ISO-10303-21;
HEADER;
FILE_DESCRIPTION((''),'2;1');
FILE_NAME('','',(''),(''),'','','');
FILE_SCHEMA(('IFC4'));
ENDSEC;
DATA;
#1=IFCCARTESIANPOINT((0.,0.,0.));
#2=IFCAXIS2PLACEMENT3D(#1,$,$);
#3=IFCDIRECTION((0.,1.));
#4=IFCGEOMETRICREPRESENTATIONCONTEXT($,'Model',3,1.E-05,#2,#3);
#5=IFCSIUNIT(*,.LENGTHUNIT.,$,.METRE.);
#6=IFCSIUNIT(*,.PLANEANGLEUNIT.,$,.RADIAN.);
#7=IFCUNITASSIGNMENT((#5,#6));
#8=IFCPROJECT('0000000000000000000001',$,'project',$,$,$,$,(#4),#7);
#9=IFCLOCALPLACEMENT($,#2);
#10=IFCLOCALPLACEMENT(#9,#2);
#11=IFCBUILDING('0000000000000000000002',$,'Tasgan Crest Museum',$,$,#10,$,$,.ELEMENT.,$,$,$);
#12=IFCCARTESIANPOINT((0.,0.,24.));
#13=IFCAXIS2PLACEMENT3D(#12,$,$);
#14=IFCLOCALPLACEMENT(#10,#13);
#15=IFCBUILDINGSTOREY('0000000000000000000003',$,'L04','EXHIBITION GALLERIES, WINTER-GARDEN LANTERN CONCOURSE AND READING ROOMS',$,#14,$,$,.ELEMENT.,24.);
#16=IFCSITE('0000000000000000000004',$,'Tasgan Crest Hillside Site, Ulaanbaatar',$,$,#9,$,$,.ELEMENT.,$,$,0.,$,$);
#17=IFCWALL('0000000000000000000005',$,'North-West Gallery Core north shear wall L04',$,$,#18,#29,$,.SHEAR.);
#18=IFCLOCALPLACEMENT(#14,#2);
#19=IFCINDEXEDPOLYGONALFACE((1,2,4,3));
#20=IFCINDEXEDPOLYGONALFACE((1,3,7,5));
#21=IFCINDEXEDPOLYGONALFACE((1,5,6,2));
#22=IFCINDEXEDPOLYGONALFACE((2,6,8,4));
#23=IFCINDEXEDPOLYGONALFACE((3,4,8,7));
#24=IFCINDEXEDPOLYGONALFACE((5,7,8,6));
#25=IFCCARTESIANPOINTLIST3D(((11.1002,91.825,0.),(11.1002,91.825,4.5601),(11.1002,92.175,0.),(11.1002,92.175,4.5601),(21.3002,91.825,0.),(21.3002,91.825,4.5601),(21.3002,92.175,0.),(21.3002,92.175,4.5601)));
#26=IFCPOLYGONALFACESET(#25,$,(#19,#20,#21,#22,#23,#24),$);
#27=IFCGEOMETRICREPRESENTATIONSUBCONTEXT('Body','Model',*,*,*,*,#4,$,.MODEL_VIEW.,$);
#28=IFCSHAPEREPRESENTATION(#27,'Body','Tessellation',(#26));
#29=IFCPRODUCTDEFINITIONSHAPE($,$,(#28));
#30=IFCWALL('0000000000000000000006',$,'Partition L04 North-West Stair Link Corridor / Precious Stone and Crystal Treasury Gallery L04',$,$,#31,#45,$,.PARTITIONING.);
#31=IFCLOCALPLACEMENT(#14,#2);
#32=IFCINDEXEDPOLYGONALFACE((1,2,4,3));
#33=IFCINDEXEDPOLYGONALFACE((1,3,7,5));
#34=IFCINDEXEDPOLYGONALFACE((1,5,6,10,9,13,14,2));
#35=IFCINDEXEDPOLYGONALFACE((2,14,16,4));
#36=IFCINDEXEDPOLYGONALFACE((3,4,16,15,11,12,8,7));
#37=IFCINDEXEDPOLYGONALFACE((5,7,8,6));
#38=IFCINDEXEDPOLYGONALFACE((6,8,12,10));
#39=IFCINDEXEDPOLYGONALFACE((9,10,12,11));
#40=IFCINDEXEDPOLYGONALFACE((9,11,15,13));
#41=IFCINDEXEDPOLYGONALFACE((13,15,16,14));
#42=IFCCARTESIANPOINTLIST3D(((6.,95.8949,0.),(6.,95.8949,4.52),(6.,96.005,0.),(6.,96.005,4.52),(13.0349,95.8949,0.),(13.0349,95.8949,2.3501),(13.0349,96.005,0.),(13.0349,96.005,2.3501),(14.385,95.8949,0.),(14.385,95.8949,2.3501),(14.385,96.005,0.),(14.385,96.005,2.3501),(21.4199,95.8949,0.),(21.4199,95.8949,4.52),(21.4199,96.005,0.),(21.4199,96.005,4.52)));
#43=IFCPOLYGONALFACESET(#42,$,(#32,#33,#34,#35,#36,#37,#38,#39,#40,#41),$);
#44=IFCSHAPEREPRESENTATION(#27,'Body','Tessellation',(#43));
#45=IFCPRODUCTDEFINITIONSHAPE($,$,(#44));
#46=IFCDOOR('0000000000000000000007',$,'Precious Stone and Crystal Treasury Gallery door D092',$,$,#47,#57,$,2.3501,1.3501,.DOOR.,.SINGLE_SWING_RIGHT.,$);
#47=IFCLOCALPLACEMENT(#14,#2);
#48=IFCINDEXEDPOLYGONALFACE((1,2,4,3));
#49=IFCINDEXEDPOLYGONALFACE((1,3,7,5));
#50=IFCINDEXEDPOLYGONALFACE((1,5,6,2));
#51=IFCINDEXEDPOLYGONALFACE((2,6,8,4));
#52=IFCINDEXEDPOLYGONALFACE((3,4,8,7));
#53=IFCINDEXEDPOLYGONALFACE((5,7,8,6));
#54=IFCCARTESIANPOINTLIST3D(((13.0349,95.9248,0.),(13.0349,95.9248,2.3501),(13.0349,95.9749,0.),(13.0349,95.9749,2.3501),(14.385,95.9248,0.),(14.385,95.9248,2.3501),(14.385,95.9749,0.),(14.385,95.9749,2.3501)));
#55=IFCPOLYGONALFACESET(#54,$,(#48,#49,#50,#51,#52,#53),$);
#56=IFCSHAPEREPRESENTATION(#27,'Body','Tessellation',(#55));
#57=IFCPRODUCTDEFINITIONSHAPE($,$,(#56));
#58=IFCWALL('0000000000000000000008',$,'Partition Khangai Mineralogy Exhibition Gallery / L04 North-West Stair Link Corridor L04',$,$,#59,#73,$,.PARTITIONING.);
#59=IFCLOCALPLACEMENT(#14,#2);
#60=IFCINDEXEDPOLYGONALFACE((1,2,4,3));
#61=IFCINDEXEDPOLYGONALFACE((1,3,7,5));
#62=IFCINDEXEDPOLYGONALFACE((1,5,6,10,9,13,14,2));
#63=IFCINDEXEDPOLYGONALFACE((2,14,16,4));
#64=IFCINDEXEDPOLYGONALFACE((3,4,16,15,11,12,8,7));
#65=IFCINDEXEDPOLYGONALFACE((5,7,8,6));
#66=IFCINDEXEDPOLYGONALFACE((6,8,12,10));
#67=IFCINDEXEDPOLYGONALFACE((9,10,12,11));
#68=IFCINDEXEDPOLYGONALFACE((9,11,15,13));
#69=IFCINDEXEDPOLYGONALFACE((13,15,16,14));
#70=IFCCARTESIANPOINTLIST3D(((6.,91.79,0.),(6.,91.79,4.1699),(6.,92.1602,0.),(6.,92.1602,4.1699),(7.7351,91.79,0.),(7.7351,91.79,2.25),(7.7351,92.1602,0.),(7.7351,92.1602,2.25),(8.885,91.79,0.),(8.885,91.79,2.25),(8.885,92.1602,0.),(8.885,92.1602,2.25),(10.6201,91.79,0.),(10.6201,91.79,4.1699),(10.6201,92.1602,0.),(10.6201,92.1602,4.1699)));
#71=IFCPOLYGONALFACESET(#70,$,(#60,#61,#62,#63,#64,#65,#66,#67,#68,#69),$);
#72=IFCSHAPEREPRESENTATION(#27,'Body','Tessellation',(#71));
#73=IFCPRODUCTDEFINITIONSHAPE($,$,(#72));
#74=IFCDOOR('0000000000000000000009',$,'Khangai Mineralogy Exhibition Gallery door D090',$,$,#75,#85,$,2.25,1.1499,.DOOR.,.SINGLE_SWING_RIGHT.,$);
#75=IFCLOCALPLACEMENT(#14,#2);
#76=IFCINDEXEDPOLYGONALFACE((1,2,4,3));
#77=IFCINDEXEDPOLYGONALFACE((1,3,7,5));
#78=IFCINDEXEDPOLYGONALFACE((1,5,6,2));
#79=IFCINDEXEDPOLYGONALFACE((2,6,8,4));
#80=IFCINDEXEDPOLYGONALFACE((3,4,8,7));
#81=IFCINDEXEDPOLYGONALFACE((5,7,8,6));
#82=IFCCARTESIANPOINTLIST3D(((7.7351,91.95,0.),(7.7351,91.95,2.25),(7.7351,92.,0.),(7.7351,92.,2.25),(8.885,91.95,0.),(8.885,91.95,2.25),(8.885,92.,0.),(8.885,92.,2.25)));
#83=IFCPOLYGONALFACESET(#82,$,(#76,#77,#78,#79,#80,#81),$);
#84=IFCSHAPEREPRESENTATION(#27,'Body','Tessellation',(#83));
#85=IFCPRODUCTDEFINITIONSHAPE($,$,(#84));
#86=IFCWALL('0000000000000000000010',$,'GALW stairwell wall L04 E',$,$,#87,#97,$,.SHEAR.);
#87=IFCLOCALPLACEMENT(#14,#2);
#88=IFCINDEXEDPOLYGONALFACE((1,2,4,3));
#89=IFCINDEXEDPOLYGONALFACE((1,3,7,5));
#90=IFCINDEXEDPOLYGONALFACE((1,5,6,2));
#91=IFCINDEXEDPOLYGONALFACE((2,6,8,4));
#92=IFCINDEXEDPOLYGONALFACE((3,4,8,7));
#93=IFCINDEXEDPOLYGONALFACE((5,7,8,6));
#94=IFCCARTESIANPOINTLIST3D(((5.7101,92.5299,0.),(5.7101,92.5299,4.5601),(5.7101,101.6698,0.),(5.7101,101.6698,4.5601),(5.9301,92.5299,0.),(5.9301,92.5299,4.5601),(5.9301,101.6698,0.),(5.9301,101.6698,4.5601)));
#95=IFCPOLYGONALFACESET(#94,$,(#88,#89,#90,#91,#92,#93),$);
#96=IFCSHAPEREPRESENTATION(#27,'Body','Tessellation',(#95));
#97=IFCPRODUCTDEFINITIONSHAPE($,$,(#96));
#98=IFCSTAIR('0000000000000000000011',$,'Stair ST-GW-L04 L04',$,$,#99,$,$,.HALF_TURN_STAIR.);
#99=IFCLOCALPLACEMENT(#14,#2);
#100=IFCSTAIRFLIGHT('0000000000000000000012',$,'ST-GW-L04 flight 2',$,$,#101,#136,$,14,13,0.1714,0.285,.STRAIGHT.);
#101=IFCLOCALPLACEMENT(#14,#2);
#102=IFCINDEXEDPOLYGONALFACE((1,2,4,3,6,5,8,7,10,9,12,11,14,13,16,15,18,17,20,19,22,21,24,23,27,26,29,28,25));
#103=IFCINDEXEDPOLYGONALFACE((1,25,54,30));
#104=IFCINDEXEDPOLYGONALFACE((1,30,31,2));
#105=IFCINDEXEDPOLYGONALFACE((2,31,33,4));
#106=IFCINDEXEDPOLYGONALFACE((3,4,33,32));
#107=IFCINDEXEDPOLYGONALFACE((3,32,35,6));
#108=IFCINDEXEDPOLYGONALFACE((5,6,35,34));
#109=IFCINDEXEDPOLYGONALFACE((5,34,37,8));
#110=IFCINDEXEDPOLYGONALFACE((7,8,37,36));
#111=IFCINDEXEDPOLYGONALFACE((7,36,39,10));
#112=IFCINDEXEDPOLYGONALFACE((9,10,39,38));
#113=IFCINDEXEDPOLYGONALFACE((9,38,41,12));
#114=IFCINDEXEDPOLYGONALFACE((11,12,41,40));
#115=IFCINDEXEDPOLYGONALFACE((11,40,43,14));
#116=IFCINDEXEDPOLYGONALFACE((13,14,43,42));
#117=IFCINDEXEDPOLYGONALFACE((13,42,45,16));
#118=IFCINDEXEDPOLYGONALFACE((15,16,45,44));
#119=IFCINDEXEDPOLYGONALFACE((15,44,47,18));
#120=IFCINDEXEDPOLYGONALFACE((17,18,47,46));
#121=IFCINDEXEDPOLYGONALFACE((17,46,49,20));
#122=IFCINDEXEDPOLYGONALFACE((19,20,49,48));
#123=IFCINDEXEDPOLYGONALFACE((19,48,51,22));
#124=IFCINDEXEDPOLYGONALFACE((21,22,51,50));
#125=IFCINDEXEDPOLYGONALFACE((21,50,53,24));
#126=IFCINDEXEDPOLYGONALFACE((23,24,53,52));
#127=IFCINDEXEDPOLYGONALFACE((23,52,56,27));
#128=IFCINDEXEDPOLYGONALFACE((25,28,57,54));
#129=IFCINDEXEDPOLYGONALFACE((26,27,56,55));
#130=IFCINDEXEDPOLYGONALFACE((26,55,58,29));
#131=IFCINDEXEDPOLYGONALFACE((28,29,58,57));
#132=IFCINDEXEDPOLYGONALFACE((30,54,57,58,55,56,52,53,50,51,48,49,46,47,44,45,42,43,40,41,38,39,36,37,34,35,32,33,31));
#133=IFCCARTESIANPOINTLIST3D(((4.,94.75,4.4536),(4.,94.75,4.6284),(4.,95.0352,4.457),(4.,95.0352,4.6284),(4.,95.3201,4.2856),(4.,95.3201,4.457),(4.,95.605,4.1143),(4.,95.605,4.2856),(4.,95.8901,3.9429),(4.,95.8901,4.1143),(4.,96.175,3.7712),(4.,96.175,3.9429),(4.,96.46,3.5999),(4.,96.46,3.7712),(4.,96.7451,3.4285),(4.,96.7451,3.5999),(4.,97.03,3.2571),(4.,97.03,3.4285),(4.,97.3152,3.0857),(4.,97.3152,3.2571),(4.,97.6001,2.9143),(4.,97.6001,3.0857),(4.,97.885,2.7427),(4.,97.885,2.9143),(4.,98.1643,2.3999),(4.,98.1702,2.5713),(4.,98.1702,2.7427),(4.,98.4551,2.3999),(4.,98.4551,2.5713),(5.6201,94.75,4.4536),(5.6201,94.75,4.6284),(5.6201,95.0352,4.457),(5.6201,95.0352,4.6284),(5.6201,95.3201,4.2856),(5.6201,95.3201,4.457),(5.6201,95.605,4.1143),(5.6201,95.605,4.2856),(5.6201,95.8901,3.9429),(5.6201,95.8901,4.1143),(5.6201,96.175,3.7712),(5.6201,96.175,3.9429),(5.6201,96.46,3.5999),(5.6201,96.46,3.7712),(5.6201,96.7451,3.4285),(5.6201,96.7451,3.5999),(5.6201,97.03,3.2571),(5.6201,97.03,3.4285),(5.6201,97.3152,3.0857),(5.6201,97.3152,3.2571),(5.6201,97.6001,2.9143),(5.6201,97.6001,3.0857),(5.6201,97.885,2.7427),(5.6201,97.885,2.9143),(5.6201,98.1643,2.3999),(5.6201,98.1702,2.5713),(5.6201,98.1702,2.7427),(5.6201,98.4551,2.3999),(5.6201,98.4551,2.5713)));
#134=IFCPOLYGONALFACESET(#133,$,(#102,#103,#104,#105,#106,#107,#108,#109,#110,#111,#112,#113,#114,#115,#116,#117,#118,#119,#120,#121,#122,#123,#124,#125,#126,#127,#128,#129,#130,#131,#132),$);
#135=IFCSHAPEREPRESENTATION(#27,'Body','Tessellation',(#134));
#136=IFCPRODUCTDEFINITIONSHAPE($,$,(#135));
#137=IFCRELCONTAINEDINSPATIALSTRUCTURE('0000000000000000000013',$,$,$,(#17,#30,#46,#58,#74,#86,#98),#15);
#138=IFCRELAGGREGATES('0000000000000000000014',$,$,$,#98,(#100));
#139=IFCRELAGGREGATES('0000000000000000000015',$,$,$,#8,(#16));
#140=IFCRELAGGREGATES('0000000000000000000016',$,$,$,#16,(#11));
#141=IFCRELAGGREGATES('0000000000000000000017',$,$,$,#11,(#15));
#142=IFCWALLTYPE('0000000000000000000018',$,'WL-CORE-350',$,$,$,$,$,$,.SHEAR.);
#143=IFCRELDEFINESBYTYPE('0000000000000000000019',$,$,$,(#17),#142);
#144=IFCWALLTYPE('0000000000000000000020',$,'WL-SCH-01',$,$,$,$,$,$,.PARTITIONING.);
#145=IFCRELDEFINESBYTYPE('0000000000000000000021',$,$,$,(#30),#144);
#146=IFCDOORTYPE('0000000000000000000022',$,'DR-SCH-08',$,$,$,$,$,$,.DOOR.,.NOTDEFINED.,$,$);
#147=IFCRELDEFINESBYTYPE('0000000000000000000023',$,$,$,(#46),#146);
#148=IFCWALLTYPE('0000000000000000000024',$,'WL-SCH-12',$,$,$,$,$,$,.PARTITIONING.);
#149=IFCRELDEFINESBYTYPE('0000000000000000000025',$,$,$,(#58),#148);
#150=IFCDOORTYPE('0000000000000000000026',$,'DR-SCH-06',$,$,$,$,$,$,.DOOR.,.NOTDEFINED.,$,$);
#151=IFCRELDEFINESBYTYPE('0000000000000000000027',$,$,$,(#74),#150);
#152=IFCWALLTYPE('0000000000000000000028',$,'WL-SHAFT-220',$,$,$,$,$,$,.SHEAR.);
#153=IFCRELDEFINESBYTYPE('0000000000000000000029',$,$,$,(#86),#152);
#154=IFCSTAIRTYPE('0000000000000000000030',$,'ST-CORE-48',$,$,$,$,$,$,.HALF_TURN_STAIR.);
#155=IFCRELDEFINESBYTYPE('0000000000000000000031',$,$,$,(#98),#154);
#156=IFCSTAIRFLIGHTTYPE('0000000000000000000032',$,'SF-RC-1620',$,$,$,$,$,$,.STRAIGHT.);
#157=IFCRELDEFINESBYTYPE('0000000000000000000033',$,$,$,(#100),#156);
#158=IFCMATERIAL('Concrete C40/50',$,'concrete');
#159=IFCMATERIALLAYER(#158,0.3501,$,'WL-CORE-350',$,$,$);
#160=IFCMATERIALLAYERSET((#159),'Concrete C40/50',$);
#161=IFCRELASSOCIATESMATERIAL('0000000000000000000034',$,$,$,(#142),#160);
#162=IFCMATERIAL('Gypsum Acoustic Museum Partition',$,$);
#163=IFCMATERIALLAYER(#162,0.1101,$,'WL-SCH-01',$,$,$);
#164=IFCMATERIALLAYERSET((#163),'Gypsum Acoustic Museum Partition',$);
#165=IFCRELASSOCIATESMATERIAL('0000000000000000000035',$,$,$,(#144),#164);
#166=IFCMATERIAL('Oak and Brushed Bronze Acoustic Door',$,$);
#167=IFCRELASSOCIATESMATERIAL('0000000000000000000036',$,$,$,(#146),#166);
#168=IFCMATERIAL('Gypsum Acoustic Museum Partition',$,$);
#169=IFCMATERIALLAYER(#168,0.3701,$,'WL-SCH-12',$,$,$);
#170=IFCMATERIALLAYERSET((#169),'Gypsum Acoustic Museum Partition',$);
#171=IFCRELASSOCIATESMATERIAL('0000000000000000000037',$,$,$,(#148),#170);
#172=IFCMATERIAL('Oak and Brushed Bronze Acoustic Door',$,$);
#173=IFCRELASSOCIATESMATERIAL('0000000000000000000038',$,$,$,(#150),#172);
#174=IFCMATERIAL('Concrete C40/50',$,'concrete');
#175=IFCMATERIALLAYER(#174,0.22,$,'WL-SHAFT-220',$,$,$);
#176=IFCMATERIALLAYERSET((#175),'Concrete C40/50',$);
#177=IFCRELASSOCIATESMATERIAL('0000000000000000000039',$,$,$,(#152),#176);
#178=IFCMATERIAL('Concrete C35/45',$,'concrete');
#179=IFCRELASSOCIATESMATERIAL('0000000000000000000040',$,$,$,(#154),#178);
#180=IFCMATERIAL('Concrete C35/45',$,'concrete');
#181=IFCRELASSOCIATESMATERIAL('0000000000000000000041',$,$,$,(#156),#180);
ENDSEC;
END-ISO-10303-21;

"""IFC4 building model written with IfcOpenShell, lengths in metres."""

from ifc_helpers import new_model, si_unit, direction, frame, frame_2d, origin, place, context, subcontext, project, spatial, polyline, rectangle, outline, extrude, material, layer, layer_set, type_object, element, fill, aggregate, save


model = new_model("IFC4")

# Units and contexts
model_context = context("Model", 3, precision=1e-05, world=origin(), true_north=direction((0.0, 1.0)))
body_context = subcontext(model_context, "Body", "Model", "MODEL_VIEW")
ifc_project = project(units=[si_unit("LENGTHUNIT", "METRE"), si_unit("PLANEANGLEUNIT", "RADIAN")], contexts=[model_context])

# Site, building, storey
site_placement = place(None, origin())
site = spatial("IfcSite", under=ifc_project, at=site_placement, Name="Tasgan Crest Hillside Site, Ulaanbaatar", CompositionType="ELEMENT", RefElevation=0.0)
building_placement = place(site_placement, origin())
building = spatial("IfcBuilding", under=site, at=building_placement, Name="Tasgan Crest Museum", CompositionType="ELEMENT")
storey_placement = place(building_placement, frame((0.0, 0.0, 24.0)))
storey = spatial("IfcBuildingStorey", under=building, at=storey_placement, Name="L04", Description="EXHIBITION GALLERIES, WINTER-GARDEN LANTERN CONCOURSE AND READING ROOMS", CompositionType="ELEMENT", Elevation=24.0)

# Wall
ifc_material_1 = material(Name="Concrete C40/50", Category="concrete")
ifc_layer_1 = layer(ifc_material_1, 0.3501, Name="WL-CORE-350")
ifc_layer_set_1 = layer_set([ifc_layer_1], Name="Concrete C40/50")
wall_type_1 = type_object("IfcWallType", Name="WL-CORE-350", PredefinedType="SHEAR", material=ifc_layer_set_1)
wall_1_placement = place(storey_placement, frame((11.1001, 92.0, 0.0), z_axis=(0.0, 0.0, 1.0), x_axis=(1.0, 0.0, 0.0)))
element("IfcWall", 1, at=wall_1_placement, inside=storey, type_object=wall_type_1, Name="North-West Gallery Core north shear wall L04", PredefinedType="SHEAR", context=body_context, shape_type="SweptSolid", body=[
    extrude(rectangle(XDim=10.2, YDim=0.3501, at=frame_2d((5.1001, 0.0))), origin(), (0.0, 0.0, 1.0), 4.5601),
])

# Walls, openings, doors
ifc_material_2 = material(Name="Gypsum Acoustic Museum Partition")
ifc_layer_2 = layer(ifc_material_2, 0.1101, Name="WL-SCH-01")
ifc_layer_set_2 = layer_set([ifc_layer_2], Name="Gypsum Acoustic Museum Partition")
wall_type_2 = type_object("IfcWallType", Name="WL-SCH-01", PredefinedType="PARTITIONING", material=ifc_layer_set_2)
wall_2_placement = place(storey_placement, frame((6.0, 95.95, 0.0), z_axis=(0.0, 0.0, 1.0), x_axis=(1.0, 0.0, 0.0)))
wall_2 = element("IfcWall", 2, at=wall_2_placement, inside=storey, type_object=wall_type_2, Name="Partition L04 North-West Stair Link Corridor / Precious Stone and Crystal Treasury Gallery L04", PredefinedType="PARTITIONING", context=body_context, shape_type="SweptSolid", body=[
    extrude(rectangle(XDim=15.4199, YDim=0.1101, at=frame_2d((7.71, 0.0))), origin(), (0.0, 0.0, 1.0), 4.52),
])
opening_1_placement = place(wall_2_placement, frame((7.0349, 0.0, 0.0)))
opening_1 = element("IfcOpeningElement", 3, at=opening_1_placement, cuts=wall_2, PredefinedType="OPENING", context=body_context, shape_type="SweptSolid", body=[
    extrude(rectangle(XDim=1.3501, YDim=2.3501, at=frame_2d((0.675, 1.175))), frame((0.0, 0.0649, 0.0), z_axis=(0.0, -1.0, 0.0), x_axis=(1.0, 0.0, 0.0)), (0.0, 0.0, 1.0), 0.1301),
])
ifc_material_3 = material(Name="Oak and Brushed Bronze Acoustic Door")
door_type_1 = type_object("IfcDoorType", Name="DR-SCH-08", OperationType="NOTDEFINED", PredefinedType="DOOR", material=ifc_material_3)
door_1_placement = place(opening_1_placement, origin())
door_1 = element("IfcDoor", 4, at=door_1_placement, inside=storey, type_object=door_type_1, Name="Precious Stone and Crystal Treasury Gallery door D092", OperationType="SINGLE_SWING_RIGHT", OverallHeight=2.3501, OverallWidth=1.3501, PredefinedType="DOOR", context=body_context, shape_type="SweptSolid", body=[
    extrude(rectangle(XDim=1.3501, YDim=2.3501, at=frame_2d((0.675, 1.175))), frame((0.0, 0.0249, 0.0), z_axis=(0.0, -1.0, 0.0), x_axis=(1.0, 0.0, 0.0)), (0.0, 0.0, 1.0), 0.05),
])
fill(opening_1, door_1)
ifc_material_4 = material(Name="Gypsum Acoustic Museum Partition")
ifc_layer_3 = layer(ifc_material_4, 0.3701, Name="WL-SCH-12")
ifc_layer_set_3 = layer_set([ifc_layer_3], Name="Gypsum Acoustic Museum Partition")
wall_type_3 = type_object("IfcWallType", Name="WL-SCH-12", PredefinedType="PARTITIONING", material=ifc_layer_set_3)
wall_3_placement = place(storey_placement, frame((6.0, 91.9751, 0.0), z_axis=(0.0, 0.0, 1.0), x_axis=(1.0, 0.0, 0.0)))
wall_3 = element("IfcWall", 5, at=wall_3_placement, inside=storey, type_object=wall_type_3, Name="Partition Khangai Mineralogy Exhibition Gallery / L04 North-West Stair Link Corridor L04", PredefinedType="PARTITIONING", context=body_context, shape_type="SweptSolid", body=[
    extrude(rectangle(XDim=4.6201, YDim=0.3701, at=frame_2d((2.3101, 0.0))), origin(), (0.0, 0.0, 1.0), 4.1699),
])
opening_2_placement = place(wall_3_placement, frame((1.7351, 0.0, 0.0)))
opening_2 = element("IfcOpeningElement", 6, at=opening_2_placement, cuts=wall_3, PredefinedType="OPENING", context=body_context, shape_type="SweptSolid", body=[
    extrude(rectangle(XDim=1.1499, YDim=2.25, at=frame_2d((0.575, 1.125))), frame((0.0, 0.1951, 0.0), z_axis=(0.0, -1.0, 0.0), x_axis=(1.0, 0.0, 0.0)), (0.0, 0.0, 1.0), 0.3901),
])
ifc_material_5 = material(Name="Oak and Brushed Bronze Acoustic Door")
door_type_2 = type_object("IfcDoorType", Name="DR-SCH-06", OperationType="NOTDEFINED", PredefinedType="DOOR", material=ifc_material_5)
door_2_placement = place(opening_2_placement, origin())
door_2 = element("IfcDoor", 7, at=door_2_placement, inside=storey, type_object=door_type_2, Name="Khangai Mineralogy Exhibition Gallery door D090", OperationType="SINGLE_SWING_RIGHT", OverallHeight=2.25, OverallWidth=1.1499, PredefinedType="DOOR", context=body_context, shape_type="SweptSolid", body=[
    extrude(rectangle(XDim=1.1499, YDim=2.25, at=frame_2d((0.575, 1.125))), frame((0.0, 0.0249, 0.0), z_axis=(0.0, -1.0, 0.0), x_axis=(1.0, 0.0, 0.0)), (0.0, 0.0, 1.0), 0.05),
])
fill(opening_2, door_2)

# Wall
ifc_material_6 = material(Name="Concrete C40/50", Category="concrete")
ifc_layer_4 = layer(ifc_material_6, 0.22, Name="WL-SHAFT-220")
ifc_layer_set_4 = layer_set([ifc_layer_4], Name="Concrete C40/50")
wall_type_4 = type_object("IfcWallType", Name="WL-SHAFT-220", PredefinedType="SHEAR", material=ifc_layer_set_4)
wall_4_placement = place(storey_placement, frame((5.8201, 92.53, 0.0), z_axis=(0.0, 0.0, 1.0), x_axis=(0.0, 1.0, 0.0)))
element("IfcWall", 8, at=wall_4_placement, inside=storey, type_object=wall_type_4, Name="GALW stairwell wall L04 E", PredefinedType="SHEAR", context=body_context, shape_type="SweptSolid", body=[
    extrude(rectangle(XDim=9.1399, YDim=0.22, at=frame_2d((4.5698, 0.0))), origin(), (0.0, 0.0, 1.0), 4.5601),
])

# Stair, stair flight
ifc_material_7 = material(Name="Concrete C35/45", Category="concrete")
stair_type = type_object("IfcStairType", Name="ST-CORE-48", PredefinedType="HALF_TURN_STAIR", material=ifc_material_7)
stair_placement = place(storey_placement, origin())
stair = element("IfcStair", 9, at=stair_placement, inside=storey, type_object=stair_type, Name="Stair ST-GW-L04 L04", PredefinedType="HALF_TURN_STAIR")
ifc_material_8 = material(Name="Concrete C35/45", Category="concrete")
stair_flight_type = type_object("IfcStairFlightType", Name="SF-RC-1620", PredefinedType="STRAIGHT", material=ifc_material_8)
stair_flight_placement = place(storey_placement, frame((4.8101, 98.4551, 2.3999), z_axis=(0.0, 0.0, 1.0), x_axis=(0.0, -1.0, 0.0)))
stair_flight = element("IfcStairFlight", 10, at=stair_flight_placement, type_object=stair_flight_type, Name="ST-GW-L04 flight 2", NumberOfRisers=14, NumberOfTreads=13, PredefinedType="STRAIGHT", RiserHeight=0.1714, TreadLength=0.285, context=body_context, shape_type="SweptSolid", body=[
    extrude(outline(polyline([(0.0, 0.0), (0.0, 0.1714), (0.2849, 0.1714), (0.2849, 0.3428), (0.5701, 0.3428), (0.5701, 0.5144), (0.855, 0.5144), (0.855, 0.6858), (1.1399, 0.6858), (1.1399, 0.8572), (1.425, 0.8572), (1.425, 1.0286), (1.71, 1.0286), (1.71, 1.2), (1.9951, 1.2), (1.9951, 1.3713), (2.28, 1.3713), (2.28, 1.543), (2.5649, 1.543), (2.5649, 1.7144), (2.8501, 1.7144), (2.8501, 1.8857), (3.135, 1.8857), (3.135, 2.0571), (3.4199, 2.0571), (3.4199, 2.2285), (3.7051, 2.2285), (3.7051, 2.3999), (3.7051, 2.0537), (0.2908, 0.0), (0.0, 0.0)])), frame((0.0, 0.8101, 0.0), z_axis=(0.0, -1.0, 0.0), x_axis=(1.0, 0.0, 0.0)), (0.0, 0.0, 1.0), 1.6201),
])
aggregate(stair, [stair_flight])

save(model, "model.ifc")
